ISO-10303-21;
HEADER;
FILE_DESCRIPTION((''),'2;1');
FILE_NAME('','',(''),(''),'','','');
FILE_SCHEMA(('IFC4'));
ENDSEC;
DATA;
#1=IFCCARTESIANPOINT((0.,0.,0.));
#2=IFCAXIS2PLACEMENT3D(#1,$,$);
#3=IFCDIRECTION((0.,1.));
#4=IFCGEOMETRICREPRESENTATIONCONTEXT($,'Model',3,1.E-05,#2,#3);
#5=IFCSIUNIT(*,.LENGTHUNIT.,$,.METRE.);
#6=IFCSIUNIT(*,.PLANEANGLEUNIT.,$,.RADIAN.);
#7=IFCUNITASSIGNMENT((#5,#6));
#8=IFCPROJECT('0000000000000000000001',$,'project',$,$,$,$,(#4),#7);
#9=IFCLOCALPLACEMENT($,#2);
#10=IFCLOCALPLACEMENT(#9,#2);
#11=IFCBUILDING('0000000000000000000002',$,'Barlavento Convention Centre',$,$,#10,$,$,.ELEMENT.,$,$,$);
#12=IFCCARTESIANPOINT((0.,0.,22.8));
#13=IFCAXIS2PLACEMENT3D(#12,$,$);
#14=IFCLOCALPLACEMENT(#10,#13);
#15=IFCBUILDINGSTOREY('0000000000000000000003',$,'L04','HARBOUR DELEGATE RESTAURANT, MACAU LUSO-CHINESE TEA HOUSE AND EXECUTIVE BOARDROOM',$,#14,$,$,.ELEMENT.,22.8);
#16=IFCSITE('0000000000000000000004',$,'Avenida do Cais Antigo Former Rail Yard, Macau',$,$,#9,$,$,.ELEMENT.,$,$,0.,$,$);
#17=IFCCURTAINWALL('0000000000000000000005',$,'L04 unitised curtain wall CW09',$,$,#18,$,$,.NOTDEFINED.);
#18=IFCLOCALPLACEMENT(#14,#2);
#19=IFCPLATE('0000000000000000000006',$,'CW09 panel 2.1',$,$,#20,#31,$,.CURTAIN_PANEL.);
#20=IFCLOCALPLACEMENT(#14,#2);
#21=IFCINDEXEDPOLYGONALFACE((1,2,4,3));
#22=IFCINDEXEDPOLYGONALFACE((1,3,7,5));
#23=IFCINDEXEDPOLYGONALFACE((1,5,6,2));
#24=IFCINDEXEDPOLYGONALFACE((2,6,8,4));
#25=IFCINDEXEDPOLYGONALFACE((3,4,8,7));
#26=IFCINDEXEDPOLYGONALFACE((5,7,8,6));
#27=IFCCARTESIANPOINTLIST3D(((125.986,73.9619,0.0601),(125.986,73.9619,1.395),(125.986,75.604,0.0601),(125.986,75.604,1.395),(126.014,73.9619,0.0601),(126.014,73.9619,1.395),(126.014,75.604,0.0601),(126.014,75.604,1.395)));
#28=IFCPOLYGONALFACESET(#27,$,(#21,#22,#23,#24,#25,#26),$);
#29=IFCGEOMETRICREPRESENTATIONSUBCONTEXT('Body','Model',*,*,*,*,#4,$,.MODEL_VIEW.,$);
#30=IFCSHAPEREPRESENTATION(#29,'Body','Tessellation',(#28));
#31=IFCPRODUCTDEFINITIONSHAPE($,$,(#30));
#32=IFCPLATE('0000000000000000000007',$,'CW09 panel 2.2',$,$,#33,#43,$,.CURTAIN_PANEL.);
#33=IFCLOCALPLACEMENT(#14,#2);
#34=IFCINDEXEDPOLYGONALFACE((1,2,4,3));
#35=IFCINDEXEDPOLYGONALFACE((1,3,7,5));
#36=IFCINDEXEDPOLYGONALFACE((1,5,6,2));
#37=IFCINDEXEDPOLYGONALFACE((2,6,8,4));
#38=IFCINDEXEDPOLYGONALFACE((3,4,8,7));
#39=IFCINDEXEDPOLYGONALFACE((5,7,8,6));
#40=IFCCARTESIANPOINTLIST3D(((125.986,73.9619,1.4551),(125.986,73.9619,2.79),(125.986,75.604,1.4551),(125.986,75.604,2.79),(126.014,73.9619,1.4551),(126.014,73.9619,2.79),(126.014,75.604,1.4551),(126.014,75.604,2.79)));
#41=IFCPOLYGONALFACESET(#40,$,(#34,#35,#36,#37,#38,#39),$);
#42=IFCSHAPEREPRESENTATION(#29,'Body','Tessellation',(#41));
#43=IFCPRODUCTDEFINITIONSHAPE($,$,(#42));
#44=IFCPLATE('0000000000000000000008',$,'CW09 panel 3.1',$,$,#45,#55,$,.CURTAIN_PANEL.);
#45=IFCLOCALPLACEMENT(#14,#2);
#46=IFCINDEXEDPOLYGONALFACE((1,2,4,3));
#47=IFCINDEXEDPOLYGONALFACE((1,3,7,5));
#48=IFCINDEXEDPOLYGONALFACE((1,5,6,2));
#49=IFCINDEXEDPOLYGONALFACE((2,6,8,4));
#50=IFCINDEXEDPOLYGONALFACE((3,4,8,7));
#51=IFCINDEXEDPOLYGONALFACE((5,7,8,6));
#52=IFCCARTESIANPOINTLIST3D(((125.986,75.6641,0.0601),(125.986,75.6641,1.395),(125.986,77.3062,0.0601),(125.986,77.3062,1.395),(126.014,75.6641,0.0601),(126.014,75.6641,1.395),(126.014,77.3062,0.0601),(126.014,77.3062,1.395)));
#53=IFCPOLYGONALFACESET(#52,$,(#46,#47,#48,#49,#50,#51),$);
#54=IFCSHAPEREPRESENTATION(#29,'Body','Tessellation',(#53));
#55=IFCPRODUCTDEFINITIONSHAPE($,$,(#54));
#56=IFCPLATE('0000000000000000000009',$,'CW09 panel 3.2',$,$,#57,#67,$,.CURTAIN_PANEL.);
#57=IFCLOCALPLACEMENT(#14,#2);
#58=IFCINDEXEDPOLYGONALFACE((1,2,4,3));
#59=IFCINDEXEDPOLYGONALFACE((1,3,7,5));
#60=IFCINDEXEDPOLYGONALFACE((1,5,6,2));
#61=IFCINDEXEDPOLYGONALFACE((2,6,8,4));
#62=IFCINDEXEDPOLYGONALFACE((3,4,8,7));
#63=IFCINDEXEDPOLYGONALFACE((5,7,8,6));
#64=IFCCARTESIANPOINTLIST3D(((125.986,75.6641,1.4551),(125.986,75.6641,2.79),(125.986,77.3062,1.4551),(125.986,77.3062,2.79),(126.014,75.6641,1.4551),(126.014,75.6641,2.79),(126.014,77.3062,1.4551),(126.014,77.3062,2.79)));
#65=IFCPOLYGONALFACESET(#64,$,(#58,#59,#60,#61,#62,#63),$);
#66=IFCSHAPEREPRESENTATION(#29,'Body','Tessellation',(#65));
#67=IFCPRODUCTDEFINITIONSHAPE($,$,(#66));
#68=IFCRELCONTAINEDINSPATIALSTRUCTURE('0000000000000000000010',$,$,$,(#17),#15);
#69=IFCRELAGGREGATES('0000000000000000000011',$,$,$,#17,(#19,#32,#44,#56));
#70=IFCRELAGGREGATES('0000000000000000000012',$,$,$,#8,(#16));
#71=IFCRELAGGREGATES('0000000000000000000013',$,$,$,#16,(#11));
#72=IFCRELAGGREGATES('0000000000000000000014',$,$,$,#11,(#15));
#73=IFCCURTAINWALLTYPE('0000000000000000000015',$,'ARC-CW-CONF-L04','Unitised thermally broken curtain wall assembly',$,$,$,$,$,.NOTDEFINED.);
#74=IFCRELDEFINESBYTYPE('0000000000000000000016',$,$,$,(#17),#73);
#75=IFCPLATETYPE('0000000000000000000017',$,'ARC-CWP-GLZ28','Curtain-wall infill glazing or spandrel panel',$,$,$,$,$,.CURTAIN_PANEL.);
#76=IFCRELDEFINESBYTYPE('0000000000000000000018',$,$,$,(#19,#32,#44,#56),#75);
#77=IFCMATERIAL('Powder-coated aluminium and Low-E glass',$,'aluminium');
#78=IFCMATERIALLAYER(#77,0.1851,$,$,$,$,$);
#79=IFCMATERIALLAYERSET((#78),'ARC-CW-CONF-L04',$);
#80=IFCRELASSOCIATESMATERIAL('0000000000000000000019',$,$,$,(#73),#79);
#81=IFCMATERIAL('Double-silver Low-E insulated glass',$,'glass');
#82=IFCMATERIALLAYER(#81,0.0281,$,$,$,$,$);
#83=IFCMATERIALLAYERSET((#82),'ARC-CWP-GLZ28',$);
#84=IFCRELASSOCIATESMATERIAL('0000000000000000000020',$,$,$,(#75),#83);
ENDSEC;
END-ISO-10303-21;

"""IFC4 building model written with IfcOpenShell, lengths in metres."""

from ifc_helpers import new_model, si_unit, direction, frame, origin, origin_2d, place, context, subcontext, project, spatial, rectangle, extrude, material, layer, layer_set, type_object, element, aggregate, save


model = new_model("IFC4")

# Units and contexts
model_context = context("Model", 3, precision=1e-05, world=origin(), true_north=direction((0.0, 1.0)))
body_context = subcontext(model_context, "Body", "Model", "MODEL_VIEW")
ifc_project = project(units=[si_unit("LENGTHUNIT", "METRE"), si_unit("PLANEANGLEUNIT", "RADIAN")], contexts=[model_context])

# Site, building, storey
site_placement = place(None, origin())
site = spatial("IfcSite", under=ifc_project, at=site_placement, Name="Avenida do Cais Antigo Former Rail Yard, Macau", CompositionType="ELEMENT", RefElevation=0.0)
building_placement = place(site_placement, origin())
building = spatial("IfcBuilding", under=site, at=building_placement, Name="Barlavento Convention Centre", CompositionType="ELEMENT")
storey_placement = place(building_placement, frame((0.0, 0.0, 22.8)))
storey = spatial("IfcBuildingStorey", under=building, at=storey_placement, Name="L04", Description="HARBOUR DELEGATE RESTAURANT, MACAU LUSO-CHINESE TEA HOUSE AND EXECUTIVE BOARDROOM", CompositionType="ELEMENT", Elevation=22.8)

# Shared definitions
ifc_material_1 = material(Name="Powder-coated aluminium and Low-E glass", Category="aluminium")

# Curtain wall
ifc_layer_1 = layer(ifc_material_1, 0.1851)
ifc_layer_set_1 = layer_set([ifc_layer_1], Name="ARC-CW-CONF-L04")
curtain_wall_type_1 = type_object("IfcCurtainWallType", Name="ARC-CW-CONF-L04", Description="Unitised thermally broken curtain wall assembly", PredefinedType="NOTDEFINED", material=ifc_layer_set_1)
curtain_wall_1_placement = place(storey_placement, origin())
curtain_wall_1 = element("IfcCurtainWall", 1, at=curtain_wall_1_placement, inside=storey, type_object=curtain_wall_type_1, Name="L04 unitised curtain wall CW09", PredefinedType="NOTDEFINED")

# Plates
ifc_material_2 = material(Name="Double-silver Low-E insulated glass", Category="glass")
ifc_layer_2 = layer(ifc_material_2, 0.0281)
ifc_layer_set_2 = layer_set([ifc_layer_2], Name="ARC-CWP-GLZ28")
plate_type = type_object("IfcPlateType", Name="ARC-CWP-GLZ28", Description="Curtain-wall infill glazing or spandrel panel", PredefinedType="CURTAIN_PANEL", material=ifc_layer_set_2)
plate_1_placement = place(storey_placement, frame((126.0, 74.783, 0.0601), z_axis=(0.0, 0.0, 1.0), x_axis=(0.0, 1.0, 0.0)))
plate_1 = element("IfcPlate", 2, at=plate_1_placement, type_object=plate_type, Name="CW09 panel 2.1", PredefinedType="CURTAIN_PANEL", context=body_context, shape_type="SweptSolid", body=[
    extrude(rectangle(XDim=1.6421, YDim=0.0281, at=origin_2d()), origin(), (0.0, 0.0, 1.0), 1.335),
])
plate_2_placement = place(storey_placement, frame((126.0, 74.783, 1.4551), z_axis=(0.0, 0.0, 1.0), x_axis=(0.0, 1.0, 0.0)))
plate_2 = element("IfcPlate", 3, at=plate_2_placement, type_object=plate_type, Name="CW09 panel 2.2", PredefinedType="CURTAIN_PANEL", context=body_context, shape_type="SweptSolid", body=[
    extrude(rectangle(XDim=1.6421, YDim=0.0281, at=origin_2d()), origin(), (0.0, 0.0, 1.0), 1.335),
])
plate_3_placement = place(storey_placement, frame((126.0, 76.4851, 0.0601), z_axis=(0.0, 0.0, 1.0), x_axis=(0.0, 1.0, 0.0)))
plate_3 = element("IfcPlate", 4, at=plate_3_placement, type_object=plate_type, Name="CW09 panel 3.1", PredefinedType="CURTAIN_PANEL", context=body_context, shape_type="SweptSolid", body=[
    extrude(rectangle(XDim=1.6421, YDim=0.0281, at=origin_2d()), origin(), (0.0, 0.0, 1.0), 1.335),
])
plate_4_placement = place(storey_placement, frame((126.0, 76.4851, 1.4551), z_axis=(0.0, 0.0, 1.0), x_axis=(0.0, 1.0, 0.0)))
plate_4 = element("IfcPlate", 5, at=plate_4_placement, type_object=plate_type, Name="CW09 panel 3.2", PredefinedType="CURTAIN_PANEL", context=body_context, shape_type="SweptSolid", body=[
    extrude(rectangle(XDim=1.6421, YDim=0.0281, at=origin_2d()), origin(), (0.0, 0.0, 1.0), 1.335),
])
aggregate(curtain_wall_1, [plate_1, plate_2, plate_3, plate_4])

save(model, "model.ifc")
